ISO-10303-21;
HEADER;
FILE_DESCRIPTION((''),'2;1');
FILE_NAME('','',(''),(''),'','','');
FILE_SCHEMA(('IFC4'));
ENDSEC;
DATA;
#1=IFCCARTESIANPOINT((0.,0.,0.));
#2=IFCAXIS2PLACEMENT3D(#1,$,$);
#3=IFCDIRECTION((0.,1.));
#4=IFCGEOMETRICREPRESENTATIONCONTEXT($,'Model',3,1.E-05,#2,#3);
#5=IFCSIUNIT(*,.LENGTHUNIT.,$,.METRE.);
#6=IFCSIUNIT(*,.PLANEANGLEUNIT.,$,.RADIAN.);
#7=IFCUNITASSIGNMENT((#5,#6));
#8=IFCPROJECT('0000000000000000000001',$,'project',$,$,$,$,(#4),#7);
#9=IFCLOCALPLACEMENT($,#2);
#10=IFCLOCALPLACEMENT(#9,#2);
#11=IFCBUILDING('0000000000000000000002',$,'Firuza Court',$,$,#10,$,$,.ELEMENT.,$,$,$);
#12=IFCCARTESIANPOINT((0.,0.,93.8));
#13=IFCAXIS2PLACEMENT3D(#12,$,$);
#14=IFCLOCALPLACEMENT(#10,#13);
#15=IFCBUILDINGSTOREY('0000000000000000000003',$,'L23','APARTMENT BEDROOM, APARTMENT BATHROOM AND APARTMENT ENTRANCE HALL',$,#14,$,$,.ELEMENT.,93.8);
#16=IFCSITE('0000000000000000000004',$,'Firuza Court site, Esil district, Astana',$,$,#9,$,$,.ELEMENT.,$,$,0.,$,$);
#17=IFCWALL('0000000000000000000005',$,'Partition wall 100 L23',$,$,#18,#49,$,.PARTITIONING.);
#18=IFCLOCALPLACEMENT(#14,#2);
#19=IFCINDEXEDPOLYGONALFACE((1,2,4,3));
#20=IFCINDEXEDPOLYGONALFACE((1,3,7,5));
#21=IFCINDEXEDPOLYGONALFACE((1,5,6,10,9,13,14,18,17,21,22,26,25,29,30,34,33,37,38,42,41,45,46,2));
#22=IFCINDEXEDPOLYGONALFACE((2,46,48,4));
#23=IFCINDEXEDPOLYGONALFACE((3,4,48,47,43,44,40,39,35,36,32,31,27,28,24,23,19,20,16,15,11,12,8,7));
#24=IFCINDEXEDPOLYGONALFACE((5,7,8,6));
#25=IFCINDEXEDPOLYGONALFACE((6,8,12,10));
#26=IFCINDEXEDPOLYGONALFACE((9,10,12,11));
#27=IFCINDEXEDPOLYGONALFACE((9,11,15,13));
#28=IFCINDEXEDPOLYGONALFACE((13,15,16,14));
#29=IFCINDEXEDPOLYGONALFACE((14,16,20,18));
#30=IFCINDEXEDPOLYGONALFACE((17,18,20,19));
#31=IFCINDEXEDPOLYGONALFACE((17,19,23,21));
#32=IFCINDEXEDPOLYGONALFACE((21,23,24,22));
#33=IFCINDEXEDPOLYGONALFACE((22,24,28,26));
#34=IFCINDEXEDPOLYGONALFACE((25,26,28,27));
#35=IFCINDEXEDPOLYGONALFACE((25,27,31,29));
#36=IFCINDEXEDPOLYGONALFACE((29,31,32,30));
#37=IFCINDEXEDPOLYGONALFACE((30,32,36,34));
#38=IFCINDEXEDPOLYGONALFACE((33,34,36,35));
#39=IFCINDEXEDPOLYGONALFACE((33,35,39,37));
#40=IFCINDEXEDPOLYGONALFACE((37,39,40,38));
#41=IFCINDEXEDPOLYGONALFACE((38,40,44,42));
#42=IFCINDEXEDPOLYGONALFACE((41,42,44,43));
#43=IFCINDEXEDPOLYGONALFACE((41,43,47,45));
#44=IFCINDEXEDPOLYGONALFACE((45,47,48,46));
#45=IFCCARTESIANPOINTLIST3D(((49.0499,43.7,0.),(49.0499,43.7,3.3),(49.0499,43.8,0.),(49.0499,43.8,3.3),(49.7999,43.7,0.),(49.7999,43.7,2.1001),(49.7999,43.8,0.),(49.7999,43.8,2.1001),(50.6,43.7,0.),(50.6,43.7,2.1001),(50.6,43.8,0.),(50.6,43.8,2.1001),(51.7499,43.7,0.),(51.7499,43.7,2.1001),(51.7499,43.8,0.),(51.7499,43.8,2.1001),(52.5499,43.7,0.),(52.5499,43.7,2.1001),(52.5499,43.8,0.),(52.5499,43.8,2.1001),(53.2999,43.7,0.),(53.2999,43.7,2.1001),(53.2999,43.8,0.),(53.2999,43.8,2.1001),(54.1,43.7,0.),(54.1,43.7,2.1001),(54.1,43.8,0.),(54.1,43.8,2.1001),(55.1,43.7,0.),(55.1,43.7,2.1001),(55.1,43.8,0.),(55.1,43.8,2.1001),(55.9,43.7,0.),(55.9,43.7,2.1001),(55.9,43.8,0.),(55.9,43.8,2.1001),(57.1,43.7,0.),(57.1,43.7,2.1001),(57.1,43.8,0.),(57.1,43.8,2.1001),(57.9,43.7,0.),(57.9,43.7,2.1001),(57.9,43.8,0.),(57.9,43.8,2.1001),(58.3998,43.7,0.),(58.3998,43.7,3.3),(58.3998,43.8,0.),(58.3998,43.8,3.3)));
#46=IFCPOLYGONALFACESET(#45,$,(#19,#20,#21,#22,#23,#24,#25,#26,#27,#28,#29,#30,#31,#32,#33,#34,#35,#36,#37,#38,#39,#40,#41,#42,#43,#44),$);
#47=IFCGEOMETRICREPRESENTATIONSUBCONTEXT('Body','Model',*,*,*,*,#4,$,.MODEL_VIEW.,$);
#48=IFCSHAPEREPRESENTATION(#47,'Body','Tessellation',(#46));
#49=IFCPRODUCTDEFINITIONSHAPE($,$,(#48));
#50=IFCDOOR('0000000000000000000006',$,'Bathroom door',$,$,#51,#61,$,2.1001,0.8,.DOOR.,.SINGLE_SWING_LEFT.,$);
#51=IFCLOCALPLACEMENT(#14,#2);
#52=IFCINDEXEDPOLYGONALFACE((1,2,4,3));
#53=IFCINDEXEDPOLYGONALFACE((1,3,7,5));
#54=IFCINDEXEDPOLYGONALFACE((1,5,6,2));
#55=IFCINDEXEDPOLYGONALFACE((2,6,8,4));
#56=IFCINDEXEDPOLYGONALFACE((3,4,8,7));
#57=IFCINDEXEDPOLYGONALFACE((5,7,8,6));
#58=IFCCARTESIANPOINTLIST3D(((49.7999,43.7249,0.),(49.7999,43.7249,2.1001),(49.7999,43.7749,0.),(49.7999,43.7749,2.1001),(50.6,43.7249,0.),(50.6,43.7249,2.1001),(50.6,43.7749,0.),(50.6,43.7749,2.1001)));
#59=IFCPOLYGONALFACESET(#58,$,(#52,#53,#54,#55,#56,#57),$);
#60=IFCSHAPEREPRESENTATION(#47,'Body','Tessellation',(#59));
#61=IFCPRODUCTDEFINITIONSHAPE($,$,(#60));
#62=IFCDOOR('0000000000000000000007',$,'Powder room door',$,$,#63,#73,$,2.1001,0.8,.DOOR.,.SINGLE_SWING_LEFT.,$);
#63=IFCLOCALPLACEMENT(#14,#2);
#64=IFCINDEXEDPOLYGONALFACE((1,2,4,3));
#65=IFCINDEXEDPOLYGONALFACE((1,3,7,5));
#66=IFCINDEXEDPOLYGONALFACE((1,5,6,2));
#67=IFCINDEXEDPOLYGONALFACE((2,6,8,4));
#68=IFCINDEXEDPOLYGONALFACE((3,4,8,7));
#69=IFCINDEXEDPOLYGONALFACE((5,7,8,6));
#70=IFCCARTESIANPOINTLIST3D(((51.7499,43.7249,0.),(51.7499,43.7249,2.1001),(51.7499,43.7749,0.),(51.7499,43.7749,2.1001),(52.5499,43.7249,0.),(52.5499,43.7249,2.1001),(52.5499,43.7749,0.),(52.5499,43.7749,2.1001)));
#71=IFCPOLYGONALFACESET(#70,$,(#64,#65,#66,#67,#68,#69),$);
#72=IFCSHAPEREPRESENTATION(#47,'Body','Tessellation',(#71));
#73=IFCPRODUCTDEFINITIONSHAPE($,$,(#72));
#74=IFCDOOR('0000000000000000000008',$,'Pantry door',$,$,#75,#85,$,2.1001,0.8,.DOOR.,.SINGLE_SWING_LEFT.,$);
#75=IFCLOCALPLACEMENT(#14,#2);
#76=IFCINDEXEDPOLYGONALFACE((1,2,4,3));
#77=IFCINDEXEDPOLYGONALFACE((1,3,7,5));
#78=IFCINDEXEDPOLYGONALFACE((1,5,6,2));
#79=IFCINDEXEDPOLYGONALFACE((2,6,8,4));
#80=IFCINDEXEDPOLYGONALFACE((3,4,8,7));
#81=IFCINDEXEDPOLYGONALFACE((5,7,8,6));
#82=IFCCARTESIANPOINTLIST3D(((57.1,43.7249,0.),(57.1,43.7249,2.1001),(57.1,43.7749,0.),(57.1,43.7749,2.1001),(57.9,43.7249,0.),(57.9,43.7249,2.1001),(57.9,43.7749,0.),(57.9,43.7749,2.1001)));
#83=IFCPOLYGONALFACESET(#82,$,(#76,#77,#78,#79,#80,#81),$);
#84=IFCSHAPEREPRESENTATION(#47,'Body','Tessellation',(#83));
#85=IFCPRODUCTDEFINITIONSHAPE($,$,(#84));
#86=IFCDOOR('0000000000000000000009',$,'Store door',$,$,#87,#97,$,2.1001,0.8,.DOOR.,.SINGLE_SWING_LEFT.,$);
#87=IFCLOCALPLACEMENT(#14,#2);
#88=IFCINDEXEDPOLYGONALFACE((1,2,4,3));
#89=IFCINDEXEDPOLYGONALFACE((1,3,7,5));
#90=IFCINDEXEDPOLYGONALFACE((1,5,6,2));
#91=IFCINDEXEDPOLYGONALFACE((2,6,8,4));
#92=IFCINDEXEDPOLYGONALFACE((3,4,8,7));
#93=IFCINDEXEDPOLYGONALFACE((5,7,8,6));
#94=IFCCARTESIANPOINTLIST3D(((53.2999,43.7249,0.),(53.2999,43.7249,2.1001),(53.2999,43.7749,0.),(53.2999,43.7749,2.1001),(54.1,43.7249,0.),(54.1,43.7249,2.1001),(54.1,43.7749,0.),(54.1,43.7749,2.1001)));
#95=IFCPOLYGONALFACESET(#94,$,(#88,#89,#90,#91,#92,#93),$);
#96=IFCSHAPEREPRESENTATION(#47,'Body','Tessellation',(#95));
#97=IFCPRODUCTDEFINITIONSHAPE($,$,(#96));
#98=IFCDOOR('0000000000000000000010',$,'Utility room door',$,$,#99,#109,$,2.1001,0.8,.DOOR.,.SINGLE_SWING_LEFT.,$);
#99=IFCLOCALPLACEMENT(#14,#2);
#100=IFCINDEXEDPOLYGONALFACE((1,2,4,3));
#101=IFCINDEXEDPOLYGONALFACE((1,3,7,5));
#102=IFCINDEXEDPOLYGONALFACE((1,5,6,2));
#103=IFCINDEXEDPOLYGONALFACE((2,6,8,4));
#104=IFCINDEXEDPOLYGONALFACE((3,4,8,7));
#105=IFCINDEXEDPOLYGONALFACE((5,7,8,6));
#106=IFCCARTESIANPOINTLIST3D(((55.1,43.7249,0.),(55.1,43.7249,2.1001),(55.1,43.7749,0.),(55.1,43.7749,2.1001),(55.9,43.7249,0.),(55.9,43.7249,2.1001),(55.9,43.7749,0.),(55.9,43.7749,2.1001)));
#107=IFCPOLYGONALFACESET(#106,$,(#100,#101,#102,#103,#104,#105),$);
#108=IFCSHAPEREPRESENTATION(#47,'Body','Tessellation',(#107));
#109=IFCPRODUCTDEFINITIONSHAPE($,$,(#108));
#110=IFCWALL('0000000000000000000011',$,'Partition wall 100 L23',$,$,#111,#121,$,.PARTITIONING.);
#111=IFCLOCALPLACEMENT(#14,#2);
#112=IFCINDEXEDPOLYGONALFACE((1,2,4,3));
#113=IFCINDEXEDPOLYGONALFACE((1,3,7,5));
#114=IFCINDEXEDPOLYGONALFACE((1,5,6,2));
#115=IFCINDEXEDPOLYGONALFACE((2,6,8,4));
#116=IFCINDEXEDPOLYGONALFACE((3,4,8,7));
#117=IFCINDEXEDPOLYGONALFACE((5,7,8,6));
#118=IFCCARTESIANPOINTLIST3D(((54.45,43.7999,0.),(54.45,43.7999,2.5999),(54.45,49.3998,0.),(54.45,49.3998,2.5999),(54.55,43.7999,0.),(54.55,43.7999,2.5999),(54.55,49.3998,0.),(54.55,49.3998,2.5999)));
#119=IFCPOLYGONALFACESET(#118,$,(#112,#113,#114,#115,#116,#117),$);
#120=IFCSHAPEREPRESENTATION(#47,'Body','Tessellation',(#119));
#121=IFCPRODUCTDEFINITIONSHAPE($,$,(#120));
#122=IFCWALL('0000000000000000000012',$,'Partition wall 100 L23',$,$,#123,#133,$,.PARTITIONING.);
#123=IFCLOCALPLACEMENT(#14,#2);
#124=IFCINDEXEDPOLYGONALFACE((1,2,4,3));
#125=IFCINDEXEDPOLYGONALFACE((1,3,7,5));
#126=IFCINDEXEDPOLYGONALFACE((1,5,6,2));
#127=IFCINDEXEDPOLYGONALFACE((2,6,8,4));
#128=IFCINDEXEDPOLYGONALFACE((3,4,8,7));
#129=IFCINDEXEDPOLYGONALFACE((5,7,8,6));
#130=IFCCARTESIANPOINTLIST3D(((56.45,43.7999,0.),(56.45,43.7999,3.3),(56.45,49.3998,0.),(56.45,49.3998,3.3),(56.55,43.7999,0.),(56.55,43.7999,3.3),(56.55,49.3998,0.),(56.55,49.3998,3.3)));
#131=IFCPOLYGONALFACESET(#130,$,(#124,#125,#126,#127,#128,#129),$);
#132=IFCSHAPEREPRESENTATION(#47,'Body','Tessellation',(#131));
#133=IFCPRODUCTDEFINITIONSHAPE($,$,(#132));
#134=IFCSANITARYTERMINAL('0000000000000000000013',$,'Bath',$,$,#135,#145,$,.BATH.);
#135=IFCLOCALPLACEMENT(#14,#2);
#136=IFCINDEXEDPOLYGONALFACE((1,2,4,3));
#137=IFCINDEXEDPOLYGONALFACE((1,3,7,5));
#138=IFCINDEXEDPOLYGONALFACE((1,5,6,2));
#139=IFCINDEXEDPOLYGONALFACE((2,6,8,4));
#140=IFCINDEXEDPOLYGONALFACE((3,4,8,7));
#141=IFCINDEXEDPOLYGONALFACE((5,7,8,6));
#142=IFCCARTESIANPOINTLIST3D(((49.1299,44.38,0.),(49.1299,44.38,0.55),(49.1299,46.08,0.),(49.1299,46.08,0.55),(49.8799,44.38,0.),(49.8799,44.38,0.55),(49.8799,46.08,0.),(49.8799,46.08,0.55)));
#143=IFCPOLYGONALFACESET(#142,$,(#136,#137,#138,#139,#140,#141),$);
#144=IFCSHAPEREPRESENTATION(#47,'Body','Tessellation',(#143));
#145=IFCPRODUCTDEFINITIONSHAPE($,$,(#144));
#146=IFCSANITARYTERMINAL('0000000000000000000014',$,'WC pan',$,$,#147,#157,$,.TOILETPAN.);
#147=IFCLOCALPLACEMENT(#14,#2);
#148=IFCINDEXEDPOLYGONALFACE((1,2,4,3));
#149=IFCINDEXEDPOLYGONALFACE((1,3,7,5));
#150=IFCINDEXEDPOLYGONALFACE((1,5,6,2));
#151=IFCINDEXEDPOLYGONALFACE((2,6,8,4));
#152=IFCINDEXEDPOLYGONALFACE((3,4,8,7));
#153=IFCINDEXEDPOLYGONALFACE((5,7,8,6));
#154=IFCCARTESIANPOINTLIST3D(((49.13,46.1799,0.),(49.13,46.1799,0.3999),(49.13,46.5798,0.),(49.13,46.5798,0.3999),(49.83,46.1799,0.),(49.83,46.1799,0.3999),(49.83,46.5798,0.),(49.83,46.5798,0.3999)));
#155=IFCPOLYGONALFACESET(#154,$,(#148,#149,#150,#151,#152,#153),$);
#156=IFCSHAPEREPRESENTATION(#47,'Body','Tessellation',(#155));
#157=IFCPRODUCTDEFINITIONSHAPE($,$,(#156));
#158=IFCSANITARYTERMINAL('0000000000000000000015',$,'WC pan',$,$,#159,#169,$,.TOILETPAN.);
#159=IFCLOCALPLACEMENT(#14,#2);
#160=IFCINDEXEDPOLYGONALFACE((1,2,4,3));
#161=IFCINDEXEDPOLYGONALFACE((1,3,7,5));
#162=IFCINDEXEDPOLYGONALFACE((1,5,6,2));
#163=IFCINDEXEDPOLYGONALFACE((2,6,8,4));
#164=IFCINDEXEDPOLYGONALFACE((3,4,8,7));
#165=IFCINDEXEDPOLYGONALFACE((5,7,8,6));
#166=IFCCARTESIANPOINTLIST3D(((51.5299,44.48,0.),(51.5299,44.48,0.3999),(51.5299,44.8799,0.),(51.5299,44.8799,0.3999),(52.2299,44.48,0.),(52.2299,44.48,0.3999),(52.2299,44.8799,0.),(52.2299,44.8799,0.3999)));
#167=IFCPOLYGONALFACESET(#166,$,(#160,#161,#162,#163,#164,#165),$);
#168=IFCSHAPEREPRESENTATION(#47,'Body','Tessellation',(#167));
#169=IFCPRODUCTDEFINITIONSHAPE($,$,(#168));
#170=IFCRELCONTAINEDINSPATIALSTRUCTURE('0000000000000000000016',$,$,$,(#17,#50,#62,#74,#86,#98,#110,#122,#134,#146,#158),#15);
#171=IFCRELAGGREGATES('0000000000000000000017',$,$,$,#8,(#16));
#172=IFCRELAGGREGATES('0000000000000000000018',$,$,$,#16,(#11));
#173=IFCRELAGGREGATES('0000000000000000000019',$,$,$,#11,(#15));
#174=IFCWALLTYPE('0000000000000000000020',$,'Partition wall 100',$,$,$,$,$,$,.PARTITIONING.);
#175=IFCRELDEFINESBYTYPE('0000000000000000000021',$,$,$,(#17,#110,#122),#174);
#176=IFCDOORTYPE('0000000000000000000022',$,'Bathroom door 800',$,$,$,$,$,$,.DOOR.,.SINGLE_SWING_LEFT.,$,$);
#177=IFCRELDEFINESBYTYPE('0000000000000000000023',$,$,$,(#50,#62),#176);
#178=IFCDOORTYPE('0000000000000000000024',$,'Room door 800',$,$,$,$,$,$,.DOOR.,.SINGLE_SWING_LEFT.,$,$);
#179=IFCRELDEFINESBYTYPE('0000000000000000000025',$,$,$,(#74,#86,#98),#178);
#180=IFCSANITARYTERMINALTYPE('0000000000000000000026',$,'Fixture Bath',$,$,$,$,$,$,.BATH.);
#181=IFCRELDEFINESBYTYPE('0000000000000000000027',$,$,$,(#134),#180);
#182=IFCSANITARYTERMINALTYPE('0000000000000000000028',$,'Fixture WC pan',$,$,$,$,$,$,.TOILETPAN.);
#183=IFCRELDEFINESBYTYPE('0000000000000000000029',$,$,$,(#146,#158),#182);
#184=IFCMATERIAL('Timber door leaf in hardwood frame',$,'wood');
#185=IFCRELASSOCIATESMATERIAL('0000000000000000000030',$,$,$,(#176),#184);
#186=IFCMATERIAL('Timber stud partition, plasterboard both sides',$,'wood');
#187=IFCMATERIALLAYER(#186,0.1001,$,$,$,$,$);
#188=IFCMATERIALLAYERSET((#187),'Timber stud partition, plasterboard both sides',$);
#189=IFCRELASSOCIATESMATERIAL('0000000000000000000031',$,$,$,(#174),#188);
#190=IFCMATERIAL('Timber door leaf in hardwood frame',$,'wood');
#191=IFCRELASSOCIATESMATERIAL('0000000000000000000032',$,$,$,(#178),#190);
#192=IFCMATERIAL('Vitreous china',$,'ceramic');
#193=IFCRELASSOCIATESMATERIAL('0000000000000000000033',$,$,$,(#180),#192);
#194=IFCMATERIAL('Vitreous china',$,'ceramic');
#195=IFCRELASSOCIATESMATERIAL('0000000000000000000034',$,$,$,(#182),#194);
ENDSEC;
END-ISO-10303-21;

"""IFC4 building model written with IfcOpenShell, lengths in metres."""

from ifc_helpers import new_model, si_unit, direction, frame, frame_2d, origin, origin_2d, place, context, subcontext, project, spatial, rectangle, extrude, material, layer, layer_set, type_object, element, fill, save


model = new_model("IFC4")

# Units and contexts
model_context = context("Model", 3, precision=1e-05, world=origin(), true_north=direction((0.0, 1.0)))
body_context = subcontext(model_context, "Body", "Model", "MODEL_VIEW")
ifc_project = project(units=[si_unit("LENGTHUNIT", "METRE"), si_unit("PLANEANGLEUNIT", "RADIAN")], contexts=[model_context])

# Site, building, storey
site_placement = place(None, origin())
site = spatial("IfcSite", under=ifc_project, at=site_placement, Name="Firuza Court site, Esil district, Astana", CompositionType="ELEMENT", RefElevation=0.0)
building_placement = place(site_placement, origin())
building = spatial("IfcBuilding", under=site, at=building_placement, Name="Firuza Court", CompositionType="ELEMENT")
storey_placement = place(building_placement, frame((0.0, 0.0, 93.8)))
storey = spatial("IfcBuildingStorey", under=building, at=storey_placement, Name="L23", Description="APARTMENT BEDROOM, APARTMENT BATHROOM AND APARTMENT ENTRANCE HALL", CompositionType="ELEMENT", Elevation=93.8)

# Shared definitions
ifc_material_1 = material(Name="Timber door leaf in hardwood frame", Category="wood")
door_type_1 = type_object("IfcDoorType", Name="Bathroom door 800", OperationType="SINGLE_SWING_LEFT", PredefinedType="DOOR", material=ifc_material_1)

# Shared definitions
ifc_material_2 = material(Name="Timber stud partition, plasterboard both sides", Category="wood")
ifc_layer_1 = layer(ifc_material_2, 0.1001)
ifc_layer_set_1 = layer_set([ifc_layer_1], Name="Timber stud partition, plasterboard both sides")
wall_type_1 = type_object("IfcWallType", Name="Partition wall 100", PredefinedType="PARTITIONING", material=ifc_layer_set_1)

# Wall, openings, doors
wall_1_placement = place(storey_placement, frame((49.05, 43.75, 0.0), z_axis=(0.0, 0.0, 1.0), x_axis=(1.0, 0.0, 0.0)))
wall_1 = element("IfcWall", 1, at=wall_1_placement, inside=storey, type_object=wall_type_1, Name="Partition wall 100 L23", PredefinedType="PARTITIONING", context=body_context, shape_type="SweptSolid", body=[
    extrude(rectangle(XDim=9.3499, YDim=0.1001, at=frame_2d((4.6748, 0.0))), origin(), (0.0, 0.0, 1.0), 3.3),
])
opening_1_placement = place(wall_1_placement, frame((0.75, 0.0, 0.0)))
opening_1 = element("IfcOpeningElement", 2, at=opening_1_placement, cuts=wall_1, PredefinedType="OPENING", context=body_context, shape_type="SweptSolid", body=[
    extrude(rectangle(XDim=0.8, YDim=2.1001, at=frame_2d((0.3999, 1.05))), frame((0.0, 0.062, 0.0), z_axis=(0.0, -1.0, 0.0), x_axis=(1.0, 0.0, 0.0)), (0.0, 0.0, 1.0), 0.124),
])
opening_2_placement = place(wall_1_placement, frame((8.05, 0.0, 0.0)))
opening_2 = element("IfcOpeningElement", 3, at=opening_2_placement, cuts=wall_1, PredefinedType="OPENING", context=body_context, shape_type="SweptSolid", body=[
    extrude(rectangle(XDim=0.8, YDim=2.1001, at=frame_2d((0.3999, 1.05))), frame((0.0, 0.062, 0.0), z_axis=(0.0, -1.0, 0.0), x_axis=(1.0, 0.0, 0.0)), (0.0, 0.0, 1.0), 0.124),
])
opening_3_placement = place(wall_1_placement, frame((4.25, 0.0, 0.0)))
opening_3 = element("IfcOpeningElement", 4, at=opening_3_placement, cuts=wall_1, PredefinedType="OPENING", context=body_context, shape_type="SweptSolid", body=[
    extrude(rectangle(XDim=0.8, YDim=2.1001, at=frame_2d((0.3999, 1.05))), frame((0.0, 0.062, 0.0), z_axis=(0.0, -1.0, 0.0), x_axis=(1.0, 0.0, 0.0)), (0.0, 0.0, 1.0), 0.124),
])
opening_4_placement = place(wall_1_placement, frame((6.05, 0.0, 0.0)))
opening_4 = element("IfcOpeningElement", 5, at=opening_4_placement, cuts=wall_1, PredefinedType="OPENING", context=body_context, shape_type="SweptSolid", body=[
    extrude(rectangle(XDim=0.8, YDim=2.1001, at=frame_2d((0.3999, 1.05))), frame((0.0, 0.062, 0.0), z_axis=(0.0, -1.0, 0.0), x_axis=(1.0, 0.0, 0.0)), (0.0, 0.0, 1.0), 0.124),
])
opening_5_placement = place(wall_1_placement, frame((2.7, 0.0, 0.0)))
opening_5 = element("IfcOpeningElement", 6, at=opening_5_placement, cuts=wall_1, PredefinedType="OPENING", context=body_context, shape_type="SweptSolid", body=[
    extrude(rectangle(XDim=0.8, YDim=2.1001, at=frame_2d((0.3999, 1.05))), frame((0.0, 0.062, 0.0), z_axis=(0.0, -1.0, 0.0), x_axis=(1.0, 0.0, 0.0)), (0.0, 0.0, 1.0), 0.124),
])
door_1_placement = place(opening_1_placement, origin())
door_1 = element("IfcDoor", 7, at=door_1_placement, inside=storey, type_object=door_type_1, Name="Bathroom door", OperationType="SINGLE_SWING_LEFT", OverallHeight=2.1001, OverallWidth=0.8, PredefinedType="DOOR", context=body_context, shape_type="SweptSolid", body=[
    extrude(rectangle(XDim=0.8, YDim=2.1001, at=frame_2d((0.3999, 1.05))), frame((0.0, 0.0249, 0.0), z_axis=(0.0, -1.0, 0.0), x_axis=(1.0, 0.0, 0.0)), (0.0, 0.0, 1.0), 0.05),
])
fill(opening_1, door_1)
door_2_placement = place(opening_5_placement, origin())
door_2 = element("IfcDoor", 8, at=door_2_placement, inside=storey, type_object=door_type_1, Name="Powder room door", OperationType="SINGLE_SWING_LEFT", OverallHeight=2.1001, OverallWidth=0.8, PredefinedType="DOOR", context=body_context, shape_type="SweptSolid", body=[
    extrude(rectangle(XDim=0.8, YDim=2.1001, at=frame_2d((0.3999, 1.05))), frame((0.0, 0.0249, 0.0), z_axis=(0.0, -1.0, 0.0), x_axis=(1.0, 0.0, 0.0)), (0.0, 0.0, 1.0), 0.05),
])
fill(opening_5, door_2)
ifc_material_3 = material(Name="Timber door leaf in hardwood frame", Category="wood")
door_type_2 = type_object("IfcDoorType", Name="Room door 800", OperationType="SINGLE_SWING_LEFT", PredefinedType="DOOR", material=ifc_material_3)
door_3_placement = place(opening_2_placement, origin())
door_3 = element("IfcDoor", 9, at=door_3_placement, inside=storey, type_object=door_type_2, Name="Pantry door", OperationType="SINGLE_SWING_LEFT", OverallHeight=2.1001, OverallWidth=0.8, PredefinedType="DOOR", context=body_context, shape_type="SweptSolid", body=[
    extrude(rectangle(XDim=0.8, YDim=2.1001, at=frame_2d((0.3999, 1.05))), frame((0.0, 0.0249, 0.0), z_axis=(0.0, -1.0, 0.0), x_axis=(1.0, 0.0, 0.0)), (0.0, 0.0, 1.0), 0.05),
])
fill(opening_2, door_3)
door_4_placement = place(opening_3_placement, origin())
door_4 = element("IfcDoor", 10, at=door_4_placement, inside=storey, type_object=door_type_2, Name="Store door", OperationType="SINGLE_SWING_LEFT", OverallHeight=2.1001, OverallWidth=0.8, PredefinedType="DOOR", context=body_context, shape_type="SweptSolid", body=[
    extrude(rectangle(XDim=0.8, YDim=2.1001, at=frame_2d((0.3999, 1.05))), frame((0.0, 0.0249, 0.0), z_axis=(0.0, -1.0, 0.0), x_axis=(1.0, 0.0, 0.0)), (0.0, 0.0, 1.0), 0.05),
])
fill(opening_3, door_4)
door_5_placement = place(opening_4_placement, origin())
door_5 = element("IfcDoor", 11, at=door_5_placement, inside=storey, type_object=door_type_2, Name="Utility room door", OperationType="SINGLE_SWING_LEFT", OverallHeight=2.1001, OverallWidth=0.8, PredefinedType="DOOR", context=body_context, shape_type="SweptSolid", body=[
    extrude(rectangle(XDim=0.8, YDim=2.1001, at=frame_2d((0.3999, 1.05))), frame((0.0, 0.0249, 0.0), z_axis=(0.0, -1.0, 0.0), x_axis=(1.0, 0.0, 0.0)), (0.0, 0.0, 1.0), 0.05),
])
fill(opening_4, door_5)

# Walls
wall_2_placement = place(storey_placement, frame((54.5, 43.8, 0.0), z_axis=(0.0, 0.0, 1.0), x_axis=(0.0, 1.0, 0.0)))
element("IfcWall", 12, at=wall_2_placement, inside=storey, type_object=wall_type_1, Name="Partition wall 100 L23", PredefinedType="PARTITIONING", context=body_context, shape_type="SweptSolid", body=[
    extrude(rectangle(XDim=5.5999, YDim=0.1001, at=frame_2d((2.7998, 0.0))), origin(), (0.0, 0.0, 1.0), 2.5999),
])
wall_3_placement = place(storey_placement, frame((56.5, 43.8, 0.0), z_axis=(0.0, 0.0, 1.0), x_axis=(0.0, 1.0, 0.0)))
element("IfcWall", 13, at=wall_3_placement, inside=storey, type_object=wall_type_1, Name="Partition wall 100 L23", PredefinedType="PARTITIONING", context=body_context, shape_type="SweptSolid", body=[
    extrude(rectangle(XDim=5.5999, YDim=0.1001, at=frame_2d((2.7998, 0.0))), origin(), (0.0, 0.0, 1.0), 3.3),
])

# Sanitary terminals
ifc_material_4 = material(Name="Vitreous china", Category="ceramic")
sanitary_terminal_type_1 = type_object("IfcSanitaryTerminalType", Name="Fixture Bath", PredefinedType="BATH", material=ifc_material_4)
sanitary_terminal_placement = place(storey_placement, frame((49.5049, 45.23, 0.0), z_axis=(0.0, 0.0, 1.0), x_axis=(1.0, 0.0, 0.0)))
element("IfcSanitaryTerminal", 14, at=sanitary_terminal_placement, inside=storey, type_object=sanitary_terminal_type_1, Name="Bath", PredefinedType="BATH", context=body_context, shape_type="SweptSolid", body=[
    extrude(rectangle(XDim=0.75, YDim=1.7, at=origin_2d()), origin(), (0.0, 0.0, 1.0), 0.55),
])
ifc_material_5 = material(Name="Vitreous china", Category="ceramic")
sanitary_terminal_type_2 = type_object("IfcSanitaryTerminalType", Name="Fixture WC pan", PredefinedType="TOILETPAN", material=ifc_material_5)
for number, where, z_axis, x_axis, name in (
    (15, (49.48, 46.3799, 0.0), (0.0, 0.0, 1.0), (1.0, 0.0, 0.0), "WC pan"),
    (16, (51.8799, 44.6799, 0.0), (0.0, 0.0, 1.0), (1.0, 0.0, 0.0), "WC pan"),
):
    element("IfcSanitaryTerminal", number, at=place(storey_placement, frame(where, z_axis=z_axis, x_axis=x_axis)), inside=storey, type_object=sanitary_terminal_type_2, Name=name, PredefinedType="TOILETPAN", context=body_context, shape_type="SweptSolid", body=[
        extrude(rectangle(XDim=0.7, YDim=0.3999, at=origin_2d()), origin(), (0.0, 0.0, 1.0), 0.3999),
    ])

save(model, "model.ifc")
